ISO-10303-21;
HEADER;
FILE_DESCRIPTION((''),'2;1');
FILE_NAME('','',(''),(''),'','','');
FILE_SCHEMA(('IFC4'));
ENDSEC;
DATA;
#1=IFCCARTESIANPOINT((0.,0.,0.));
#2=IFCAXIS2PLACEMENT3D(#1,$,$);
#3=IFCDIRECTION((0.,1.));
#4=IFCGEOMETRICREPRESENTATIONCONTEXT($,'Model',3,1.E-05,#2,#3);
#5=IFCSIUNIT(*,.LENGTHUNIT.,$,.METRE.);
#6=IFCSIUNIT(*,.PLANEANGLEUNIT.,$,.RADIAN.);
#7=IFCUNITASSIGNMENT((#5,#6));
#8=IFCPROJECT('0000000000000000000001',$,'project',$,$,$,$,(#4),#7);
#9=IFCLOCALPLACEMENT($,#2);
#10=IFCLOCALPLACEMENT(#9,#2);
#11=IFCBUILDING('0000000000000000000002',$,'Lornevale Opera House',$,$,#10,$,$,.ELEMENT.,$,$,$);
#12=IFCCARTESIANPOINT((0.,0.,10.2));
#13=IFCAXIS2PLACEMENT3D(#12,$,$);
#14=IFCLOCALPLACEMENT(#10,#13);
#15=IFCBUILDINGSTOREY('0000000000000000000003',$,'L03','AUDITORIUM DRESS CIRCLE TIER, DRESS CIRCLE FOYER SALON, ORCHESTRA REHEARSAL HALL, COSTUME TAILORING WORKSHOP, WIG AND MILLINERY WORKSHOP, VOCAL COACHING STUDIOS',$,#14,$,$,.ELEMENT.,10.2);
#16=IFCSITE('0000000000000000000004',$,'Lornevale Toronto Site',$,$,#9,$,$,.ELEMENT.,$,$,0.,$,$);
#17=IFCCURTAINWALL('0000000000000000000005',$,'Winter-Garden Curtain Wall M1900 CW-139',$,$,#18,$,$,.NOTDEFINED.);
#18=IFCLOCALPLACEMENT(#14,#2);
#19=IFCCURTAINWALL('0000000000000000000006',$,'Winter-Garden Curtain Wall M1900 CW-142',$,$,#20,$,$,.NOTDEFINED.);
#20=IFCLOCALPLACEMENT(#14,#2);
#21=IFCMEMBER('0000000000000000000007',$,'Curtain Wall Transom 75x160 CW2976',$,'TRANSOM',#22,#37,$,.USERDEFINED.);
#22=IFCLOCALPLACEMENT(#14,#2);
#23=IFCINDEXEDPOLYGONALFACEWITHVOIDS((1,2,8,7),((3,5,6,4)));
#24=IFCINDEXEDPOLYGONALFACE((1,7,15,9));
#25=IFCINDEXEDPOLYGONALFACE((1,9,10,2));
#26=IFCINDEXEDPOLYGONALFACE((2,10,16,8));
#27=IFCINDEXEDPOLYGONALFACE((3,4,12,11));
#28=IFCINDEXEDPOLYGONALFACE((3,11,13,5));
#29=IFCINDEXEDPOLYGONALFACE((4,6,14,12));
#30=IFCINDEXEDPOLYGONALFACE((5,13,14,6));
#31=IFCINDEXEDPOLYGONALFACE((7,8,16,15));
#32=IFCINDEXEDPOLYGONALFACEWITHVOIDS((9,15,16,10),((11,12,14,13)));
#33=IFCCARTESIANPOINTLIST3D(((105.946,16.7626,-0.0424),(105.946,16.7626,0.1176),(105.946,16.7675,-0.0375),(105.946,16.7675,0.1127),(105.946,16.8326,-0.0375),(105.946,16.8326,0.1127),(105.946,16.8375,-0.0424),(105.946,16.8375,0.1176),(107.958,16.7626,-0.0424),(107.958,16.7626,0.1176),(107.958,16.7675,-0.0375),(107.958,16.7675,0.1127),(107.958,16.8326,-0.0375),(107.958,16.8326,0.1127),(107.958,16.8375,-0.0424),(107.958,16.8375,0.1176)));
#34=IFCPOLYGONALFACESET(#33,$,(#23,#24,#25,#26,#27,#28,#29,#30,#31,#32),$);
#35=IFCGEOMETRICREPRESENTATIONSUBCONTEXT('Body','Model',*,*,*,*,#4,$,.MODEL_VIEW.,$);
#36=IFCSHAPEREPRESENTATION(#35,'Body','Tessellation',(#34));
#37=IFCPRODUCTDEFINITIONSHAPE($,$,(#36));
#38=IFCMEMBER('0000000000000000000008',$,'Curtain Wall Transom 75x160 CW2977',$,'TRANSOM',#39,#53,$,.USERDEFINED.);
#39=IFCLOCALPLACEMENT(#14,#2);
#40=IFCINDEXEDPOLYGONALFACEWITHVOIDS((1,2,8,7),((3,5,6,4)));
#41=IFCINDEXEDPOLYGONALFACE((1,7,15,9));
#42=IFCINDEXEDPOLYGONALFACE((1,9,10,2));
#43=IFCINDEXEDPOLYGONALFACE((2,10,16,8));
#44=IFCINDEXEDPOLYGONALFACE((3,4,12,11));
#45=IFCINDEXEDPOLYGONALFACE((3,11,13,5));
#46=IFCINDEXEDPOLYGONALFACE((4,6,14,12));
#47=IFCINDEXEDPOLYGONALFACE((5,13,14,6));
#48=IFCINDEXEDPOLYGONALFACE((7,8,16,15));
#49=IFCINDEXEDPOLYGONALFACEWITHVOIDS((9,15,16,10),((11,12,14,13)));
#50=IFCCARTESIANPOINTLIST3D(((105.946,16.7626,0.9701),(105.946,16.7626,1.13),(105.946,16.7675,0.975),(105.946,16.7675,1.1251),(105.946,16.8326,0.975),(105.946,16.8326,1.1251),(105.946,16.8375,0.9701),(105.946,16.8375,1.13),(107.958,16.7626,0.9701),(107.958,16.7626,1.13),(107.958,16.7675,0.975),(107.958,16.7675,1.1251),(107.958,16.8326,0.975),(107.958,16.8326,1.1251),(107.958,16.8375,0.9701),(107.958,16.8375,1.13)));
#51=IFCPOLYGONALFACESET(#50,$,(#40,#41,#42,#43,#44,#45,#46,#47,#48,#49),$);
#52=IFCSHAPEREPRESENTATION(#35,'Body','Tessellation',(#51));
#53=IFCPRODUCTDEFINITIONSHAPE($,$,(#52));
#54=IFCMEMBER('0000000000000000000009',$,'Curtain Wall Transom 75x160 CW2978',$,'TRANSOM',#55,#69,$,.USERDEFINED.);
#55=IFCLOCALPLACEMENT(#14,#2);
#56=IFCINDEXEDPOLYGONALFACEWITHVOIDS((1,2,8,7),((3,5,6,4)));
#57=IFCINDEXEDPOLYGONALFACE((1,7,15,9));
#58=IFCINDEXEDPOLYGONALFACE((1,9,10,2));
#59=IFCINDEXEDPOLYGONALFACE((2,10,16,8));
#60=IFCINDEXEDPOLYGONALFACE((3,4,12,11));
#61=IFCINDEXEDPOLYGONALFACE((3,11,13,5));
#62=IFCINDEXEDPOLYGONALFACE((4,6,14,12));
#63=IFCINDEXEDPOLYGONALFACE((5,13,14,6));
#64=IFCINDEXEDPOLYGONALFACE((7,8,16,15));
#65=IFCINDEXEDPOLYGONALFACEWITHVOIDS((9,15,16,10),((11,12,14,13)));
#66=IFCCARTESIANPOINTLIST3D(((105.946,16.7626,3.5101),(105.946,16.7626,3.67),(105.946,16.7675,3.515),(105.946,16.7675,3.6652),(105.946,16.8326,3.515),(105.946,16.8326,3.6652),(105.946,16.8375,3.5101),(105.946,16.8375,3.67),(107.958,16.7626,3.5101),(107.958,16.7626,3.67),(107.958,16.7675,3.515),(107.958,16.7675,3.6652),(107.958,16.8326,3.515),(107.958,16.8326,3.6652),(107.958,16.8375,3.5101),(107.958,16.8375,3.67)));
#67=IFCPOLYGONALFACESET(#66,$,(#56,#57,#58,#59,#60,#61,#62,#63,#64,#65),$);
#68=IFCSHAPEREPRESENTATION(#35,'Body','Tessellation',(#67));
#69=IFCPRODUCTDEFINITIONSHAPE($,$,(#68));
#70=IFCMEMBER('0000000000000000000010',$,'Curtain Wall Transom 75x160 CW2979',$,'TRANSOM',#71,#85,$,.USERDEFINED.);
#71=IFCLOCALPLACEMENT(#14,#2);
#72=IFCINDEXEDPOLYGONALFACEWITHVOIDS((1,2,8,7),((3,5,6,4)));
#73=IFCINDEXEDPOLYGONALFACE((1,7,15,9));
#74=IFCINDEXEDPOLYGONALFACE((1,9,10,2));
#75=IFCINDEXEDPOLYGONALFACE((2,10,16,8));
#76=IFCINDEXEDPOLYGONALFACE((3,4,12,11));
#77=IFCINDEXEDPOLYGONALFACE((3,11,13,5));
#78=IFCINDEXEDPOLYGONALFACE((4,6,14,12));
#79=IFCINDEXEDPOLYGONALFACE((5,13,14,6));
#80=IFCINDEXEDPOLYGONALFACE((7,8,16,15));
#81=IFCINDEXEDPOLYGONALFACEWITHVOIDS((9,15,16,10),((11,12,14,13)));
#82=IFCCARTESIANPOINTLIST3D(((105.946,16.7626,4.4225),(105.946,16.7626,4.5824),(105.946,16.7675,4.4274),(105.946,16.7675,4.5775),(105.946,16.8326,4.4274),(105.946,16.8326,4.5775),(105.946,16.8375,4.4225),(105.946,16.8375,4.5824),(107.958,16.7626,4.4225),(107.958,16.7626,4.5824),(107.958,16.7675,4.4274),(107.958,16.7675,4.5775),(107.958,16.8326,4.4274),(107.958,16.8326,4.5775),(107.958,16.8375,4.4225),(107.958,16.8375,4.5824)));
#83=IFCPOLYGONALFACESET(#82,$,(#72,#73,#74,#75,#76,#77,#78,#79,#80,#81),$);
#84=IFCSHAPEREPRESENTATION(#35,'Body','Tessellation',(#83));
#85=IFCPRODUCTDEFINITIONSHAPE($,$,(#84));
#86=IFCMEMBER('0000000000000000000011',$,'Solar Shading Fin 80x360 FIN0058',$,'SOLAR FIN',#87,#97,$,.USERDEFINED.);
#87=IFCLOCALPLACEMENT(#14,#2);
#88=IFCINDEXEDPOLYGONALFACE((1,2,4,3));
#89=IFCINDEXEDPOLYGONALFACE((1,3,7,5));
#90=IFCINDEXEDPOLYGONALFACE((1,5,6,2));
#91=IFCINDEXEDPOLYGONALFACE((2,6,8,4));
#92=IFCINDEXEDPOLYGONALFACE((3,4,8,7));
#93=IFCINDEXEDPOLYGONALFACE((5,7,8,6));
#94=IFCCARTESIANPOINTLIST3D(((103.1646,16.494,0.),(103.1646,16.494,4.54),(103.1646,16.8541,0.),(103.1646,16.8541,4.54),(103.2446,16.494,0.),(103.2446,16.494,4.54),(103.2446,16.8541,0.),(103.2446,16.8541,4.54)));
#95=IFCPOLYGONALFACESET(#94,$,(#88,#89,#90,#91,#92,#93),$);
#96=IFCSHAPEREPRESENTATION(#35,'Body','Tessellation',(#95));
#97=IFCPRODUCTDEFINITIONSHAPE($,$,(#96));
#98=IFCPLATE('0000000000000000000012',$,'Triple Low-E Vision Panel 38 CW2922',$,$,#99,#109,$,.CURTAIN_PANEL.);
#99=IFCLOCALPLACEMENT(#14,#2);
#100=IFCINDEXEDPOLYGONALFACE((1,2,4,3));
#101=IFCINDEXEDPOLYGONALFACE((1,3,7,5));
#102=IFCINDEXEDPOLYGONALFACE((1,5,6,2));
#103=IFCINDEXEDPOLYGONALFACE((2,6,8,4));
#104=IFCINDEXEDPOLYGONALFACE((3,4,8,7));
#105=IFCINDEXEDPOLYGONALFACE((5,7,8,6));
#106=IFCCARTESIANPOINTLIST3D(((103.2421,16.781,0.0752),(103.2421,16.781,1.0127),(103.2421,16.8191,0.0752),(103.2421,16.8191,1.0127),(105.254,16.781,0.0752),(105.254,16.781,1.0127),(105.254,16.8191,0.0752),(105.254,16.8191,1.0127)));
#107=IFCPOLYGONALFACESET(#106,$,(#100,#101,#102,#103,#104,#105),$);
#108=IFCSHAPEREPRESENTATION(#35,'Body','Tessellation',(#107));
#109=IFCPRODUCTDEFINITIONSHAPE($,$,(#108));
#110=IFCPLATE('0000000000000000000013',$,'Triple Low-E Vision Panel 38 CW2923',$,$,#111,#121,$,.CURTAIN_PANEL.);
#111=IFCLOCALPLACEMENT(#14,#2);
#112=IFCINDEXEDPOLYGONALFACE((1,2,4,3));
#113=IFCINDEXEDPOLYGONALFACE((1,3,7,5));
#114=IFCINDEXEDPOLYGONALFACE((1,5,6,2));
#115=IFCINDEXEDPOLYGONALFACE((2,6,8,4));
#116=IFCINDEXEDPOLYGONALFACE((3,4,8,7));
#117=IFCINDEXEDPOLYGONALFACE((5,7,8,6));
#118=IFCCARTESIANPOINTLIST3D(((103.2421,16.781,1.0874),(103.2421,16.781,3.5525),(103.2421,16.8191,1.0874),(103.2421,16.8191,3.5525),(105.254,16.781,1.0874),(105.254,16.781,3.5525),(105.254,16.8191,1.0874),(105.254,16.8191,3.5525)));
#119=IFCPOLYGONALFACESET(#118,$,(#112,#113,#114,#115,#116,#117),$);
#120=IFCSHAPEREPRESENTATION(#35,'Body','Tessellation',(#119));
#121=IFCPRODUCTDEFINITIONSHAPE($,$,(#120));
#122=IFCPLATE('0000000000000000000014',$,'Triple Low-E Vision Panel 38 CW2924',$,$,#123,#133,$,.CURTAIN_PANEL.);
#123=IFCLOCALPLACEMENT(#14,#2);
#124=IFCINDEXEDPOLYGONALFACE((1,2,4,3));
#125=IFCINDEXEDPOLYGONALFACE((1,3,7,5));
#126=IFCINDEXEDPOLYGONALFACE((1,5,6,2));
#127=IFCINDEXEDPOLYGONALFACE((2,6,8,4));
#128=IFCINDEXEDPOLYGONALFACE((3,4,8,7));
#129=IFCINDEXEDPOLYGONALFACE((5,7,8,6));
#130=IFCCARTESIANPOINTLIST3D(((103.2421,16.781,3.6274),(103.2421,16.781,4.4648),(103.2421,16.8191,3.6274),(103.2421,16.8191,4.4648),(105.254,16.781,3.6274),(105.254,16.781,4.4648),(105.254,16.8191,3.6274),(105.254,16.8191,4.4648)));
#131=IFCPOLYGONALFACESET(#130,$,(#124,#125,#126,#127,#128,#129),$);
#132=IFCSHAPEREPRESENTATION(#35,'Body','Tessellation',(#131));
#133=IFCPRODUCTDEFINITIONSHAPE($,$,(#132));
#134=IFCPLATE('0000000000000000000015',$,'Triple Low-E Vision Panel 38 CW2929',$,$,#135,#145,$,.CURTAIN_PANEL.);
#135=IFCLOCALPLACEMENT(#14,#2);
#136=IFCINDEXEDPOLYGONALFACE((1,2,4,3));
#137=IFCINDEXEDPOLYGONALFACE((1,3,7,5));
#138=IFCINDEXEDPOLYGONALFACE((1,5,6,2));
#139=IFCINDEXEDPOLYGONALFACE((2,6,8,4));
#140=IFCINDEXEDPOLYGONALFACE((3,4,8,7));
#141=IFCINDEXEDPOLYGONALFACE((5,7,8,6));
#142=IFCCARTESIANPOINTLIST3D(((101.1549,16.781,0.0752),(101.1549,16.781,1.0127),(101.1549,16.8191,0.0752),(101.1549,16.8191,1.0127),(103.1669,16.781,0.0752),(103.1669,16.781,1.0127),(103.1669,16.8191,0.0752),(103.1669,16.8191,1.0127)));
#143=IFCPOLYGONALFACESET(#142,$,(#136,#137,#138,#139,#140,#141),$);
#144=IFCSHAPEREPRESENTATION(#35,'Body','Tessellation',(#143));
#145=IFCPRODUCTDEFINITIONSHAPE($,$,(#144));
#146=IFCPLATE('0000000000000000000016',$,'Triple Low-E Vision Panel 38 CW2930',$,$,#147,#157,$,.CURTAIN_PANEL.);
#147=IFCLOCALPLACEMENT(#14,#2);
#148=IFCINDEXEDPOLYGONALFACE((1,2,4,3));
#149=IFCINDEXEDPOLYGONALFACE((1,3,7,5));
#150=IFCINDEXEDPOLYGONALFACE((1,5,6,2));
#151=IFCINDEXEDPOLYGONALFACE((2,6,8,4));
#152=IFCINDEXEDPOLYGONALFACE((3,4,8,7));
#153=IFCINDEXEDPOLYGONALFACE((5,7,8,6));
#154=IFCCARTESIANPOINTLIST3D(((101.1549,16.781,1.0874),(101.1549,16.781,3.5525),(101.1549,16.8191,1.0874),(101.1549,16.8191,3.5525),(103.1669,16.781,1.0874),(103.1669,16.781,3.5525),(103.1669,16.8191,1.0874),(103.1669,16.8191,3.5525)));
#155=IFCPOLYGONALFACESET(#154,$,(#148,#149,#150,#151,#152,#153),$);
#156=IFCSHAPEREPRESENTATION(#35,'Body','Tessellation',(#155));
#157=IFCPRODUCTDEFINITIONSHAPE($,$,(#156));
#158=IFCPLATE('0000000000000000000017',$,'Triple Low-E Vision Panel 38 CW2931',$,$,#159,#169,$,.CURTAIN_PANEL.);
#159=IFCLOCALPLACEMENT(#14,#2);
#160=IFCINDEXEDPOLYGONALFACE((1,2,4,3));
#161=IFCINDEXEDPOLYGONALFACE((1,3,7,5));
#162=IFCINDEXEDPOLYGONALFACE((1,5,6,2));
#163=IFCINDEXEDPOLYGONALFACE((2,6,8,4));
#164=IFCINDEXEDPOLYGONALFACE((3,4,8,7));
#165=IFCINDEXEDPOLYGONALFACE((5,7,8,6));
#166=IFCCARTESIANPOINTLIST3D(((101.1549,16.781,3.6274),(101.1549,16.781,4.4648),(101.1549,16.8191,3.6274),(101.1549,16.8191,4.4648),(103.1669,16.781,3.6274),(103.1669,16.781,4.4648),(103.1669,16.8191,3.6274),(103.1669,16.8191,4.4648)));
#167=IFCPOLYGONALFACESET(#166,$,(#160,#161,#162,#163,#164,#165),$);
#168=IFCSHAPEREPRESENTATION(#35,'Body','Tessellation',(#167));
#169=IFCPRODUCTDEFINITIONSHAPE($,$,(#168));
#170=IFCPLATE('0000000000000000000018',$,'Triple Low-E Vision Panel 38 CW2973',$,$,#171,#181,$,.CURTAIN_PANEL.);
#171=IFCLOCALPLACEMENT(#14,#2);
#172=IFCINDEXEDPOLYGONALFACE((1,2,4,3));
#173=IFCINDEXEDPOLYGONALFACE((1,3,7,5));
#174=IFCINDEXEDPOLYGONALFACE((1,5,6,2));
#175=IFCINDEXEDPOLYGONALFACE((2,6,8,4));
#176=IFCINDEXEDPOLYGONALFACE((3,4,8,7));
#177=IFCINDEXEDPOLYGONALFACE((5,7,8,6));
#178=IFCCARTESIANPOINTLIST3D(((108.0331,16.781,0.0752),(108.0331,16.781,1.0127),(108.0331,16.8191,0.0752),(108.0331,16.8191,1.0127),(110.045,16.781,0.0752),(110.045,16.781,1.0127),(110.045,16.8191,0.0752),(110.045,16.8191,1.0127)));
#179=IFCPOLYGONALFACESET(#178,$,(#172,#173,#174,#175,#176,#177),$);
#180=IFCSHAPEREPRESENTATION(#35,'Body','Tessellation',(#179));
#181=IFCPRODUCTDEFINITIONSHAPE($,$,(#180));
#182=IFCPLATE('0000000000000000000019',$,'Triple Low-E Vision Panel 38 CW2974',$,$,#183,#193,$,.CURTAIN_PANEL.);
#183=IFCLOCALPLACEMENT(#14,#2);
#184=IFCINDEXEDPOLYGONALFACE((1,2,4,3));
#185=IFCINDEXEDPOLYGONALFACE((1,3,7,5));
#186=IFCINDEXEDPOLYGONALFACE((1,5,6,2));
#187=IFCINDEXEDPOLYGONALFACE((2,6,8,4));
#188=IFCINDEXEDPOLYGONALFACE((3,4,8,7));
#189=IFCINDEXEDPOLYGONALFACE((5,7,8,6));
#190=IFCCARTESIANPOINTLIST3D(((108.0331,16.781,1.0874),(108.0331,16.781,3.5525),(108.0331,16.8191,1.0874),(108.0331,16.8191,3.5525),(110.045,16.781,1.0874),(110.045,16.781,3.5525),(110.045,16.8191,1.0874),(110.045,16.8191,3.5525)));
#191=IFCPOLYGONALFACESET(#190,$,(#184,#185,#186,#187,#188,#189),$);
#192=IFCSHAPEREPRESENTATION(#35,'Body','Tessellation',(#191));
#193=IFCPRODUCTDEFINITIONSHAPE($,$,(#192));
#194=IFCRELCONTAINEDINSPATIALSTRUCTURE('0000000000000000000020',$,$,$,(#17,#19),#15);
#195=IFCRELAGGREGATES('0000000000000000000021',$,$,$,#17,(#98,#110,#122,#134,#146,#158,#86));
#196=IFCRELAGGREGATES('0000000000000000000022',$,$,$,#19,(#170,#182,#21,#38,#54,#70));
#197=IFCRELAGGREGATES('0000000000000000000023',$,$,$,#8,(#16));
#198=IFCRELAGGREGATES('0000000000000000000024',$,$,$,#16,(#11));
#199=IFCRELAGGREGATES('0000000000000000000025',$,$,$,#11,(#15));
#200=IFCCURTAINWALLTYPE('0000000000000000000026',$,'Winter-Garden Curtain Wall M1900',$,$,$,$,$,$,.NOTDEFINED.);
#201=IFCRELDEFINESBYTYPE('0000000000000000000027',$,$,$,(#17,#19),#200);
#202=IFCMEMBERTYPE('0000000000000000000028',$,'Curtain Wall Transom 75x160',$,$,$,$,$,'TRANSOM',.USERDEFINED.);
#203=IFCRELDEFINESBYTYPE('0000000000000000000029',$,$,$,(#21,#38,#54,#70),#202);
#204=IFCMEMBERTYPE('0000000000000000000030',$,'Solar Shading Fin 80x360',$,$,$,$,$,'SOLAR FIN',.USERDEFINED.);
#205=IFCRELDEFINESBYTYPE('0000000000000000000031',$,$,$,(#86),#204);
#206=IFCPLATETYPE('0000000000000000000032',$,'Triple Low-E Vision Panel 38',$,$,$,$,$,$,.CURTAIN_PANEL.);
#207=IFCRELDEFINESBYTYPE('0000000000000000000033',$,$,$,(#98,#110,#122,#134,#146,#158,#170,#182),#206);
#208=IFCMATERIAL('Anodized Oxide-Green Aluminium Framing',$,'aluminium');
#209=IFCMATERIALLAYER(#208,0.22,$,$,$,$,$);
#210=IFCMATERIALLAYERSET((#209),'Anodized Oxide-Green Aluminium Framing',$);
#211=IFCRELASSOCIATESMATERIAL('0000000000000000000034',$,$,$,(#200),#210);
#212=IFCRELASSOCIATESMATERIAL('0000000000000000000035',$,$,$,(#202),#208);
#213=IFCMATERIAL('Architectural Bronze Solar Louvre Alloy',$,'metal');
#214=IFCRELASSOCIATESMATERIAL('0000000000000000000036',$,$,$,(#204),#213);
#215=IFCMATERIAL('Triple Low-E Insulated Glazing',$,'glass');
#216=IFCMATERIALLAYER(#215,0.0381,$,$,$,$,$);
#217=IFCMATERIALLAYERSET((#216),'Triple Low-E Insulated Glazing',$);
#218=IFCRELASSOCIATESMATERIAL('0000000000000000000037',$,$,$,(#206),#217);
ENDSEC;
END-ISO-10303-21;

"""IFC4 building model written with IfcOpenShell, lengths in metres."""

from ifc_helpers import new_model, si_unit, direction, frame, origin, origin_2d, place, context, subcontext, project, spatial, rectangle, hollow_rectangle, extrude, material, layer, layer_set, material_profile, profile_set, type_object, element, aggregate, save


model = new_model("IFC4")

# Units and contexts
model_context = context("Model", 3, precision=1e-05, world=origin(), true_north=direction((0.0, 1.0)))
body_context = subcontext(model_context, "Body", "Model", "MODEL_VIEW")
ifc_project = project(units=[si_unit("LENGTHUNIT", "METRE"), si_unit("PLANEANGLEUNIT", "RADIAN")], contexts=[model_context])

# Site, building, storey
site_placement = place(None, origin())
site = spatial("IfcSite", under=ifc_project, at=site_placement, Name="Lornevale Toronto Site", CompositionType="ELEMENT", RefElevation=0.0)
building_placement = place(site_placement, origin())
building = spatial("IfcBuilding", under=site, at=building_placement, Name="Lornevale Opera House", CompositionType="ELEMENT")
storey_placement = place(building_placement, frame((0.0, 0.0, 10.2)))
storey = spatial("IfcBuildingStorey", under=building, at=storey_placement, Name="L03", Description="AUDITORIUM DRESS CIRCLE TIER, DRESS CIRCLE FOYER SALON, ORCHESTRA REHEARSAL HALL, COSTUME TAILORING WORKSHOP, WIG AND MILLINERY WORKSHOP, VOCAL COACHING STUDIOS", CompositionType="ELEMENT", Elevation=10.2)

# Curtain wall
ifc_material_1 = material(Name="Anodized Oxide-Green Aluminium Framing", Category="aluminium")
ifc_layer_1 = layer(ifc_material_1, 0.22)
ifc_layer_set_1 = layer_set([ifc_layer_1], Name="Anodized Oxide-Green Aluminium Framing")
curtain_wall_type = type_object("IfcCurtainWallType", Name="Winter-Garden Curtain Wall M1900", PredefinedType="NOTDEFINED", material=ifc_layer_set_1)
curtain_wall_1_placement = place(storey_placement, origin())
curtain_wall_1 = element("IfcCurtainWall", 1, at=curtain_wall_1_placement, inside=storey, type_object=curtain_wall_type, Name="Winter-Garden Curtain Wall M1900 CW-139", PredefinedType="NOTDEFINED")

# Curtain wall
curtain_wall_2_placement = place(storey_placement, origin())
curtain_wall_2 = element("IfcCurtainWall", 2, at=curtain_wall_2_placement, inside=storey, type_object=curtain_wall_type, Name="Winter-Garden Curtain Wall M1900 CW-142", PredefinedType="NOTDEFINED")

# Members
ifc_material_profile_1 = material_profile(ifc_material_1, hollow_rectangle(XDim=0.075, YDim=0.1599, WallThickness=0.0049, at=origin_2d()), Name="ALU75x160x5")
ifc_profile_set_1 = profile_set([ifc_material_profile_1], Name="Anodized Oxide-Green Aluminium Framing")
member_type_1 = type_object("IfcMemberType", Name="Curtain Wall Transom 75x160", ElementType="TRANSOM", PredefinedType="USERDEFINED", material=ifc_profile_set_1)
member_1_placement = place(storey_placement, frame((107.958, 16.8, 0.0376), z_axis=(-1.0, 0.0, 0.0), x_axis=(0.0, -1.0, 0.0)))
member_1 = element("IfcMember", 3, at=member_1_placement, type_object=member_type_1, Name="Curtain Wall Transom 75x160 CW2976", ObjectType="TRANSOM", PredefinedType="USERDEFINED", context=body_context, shape_type="SweptSolid", body=[
    extrude(hollow_rectangle(XDim=0.075, YDim=0.1599, WallThickness=0.0049, at=origin_2d()), origin(), (0.0, 0.0, 1.0), 2.012),
])
member_2_placement = place(storey_placement, frame((107.958, 16.8, 1.05), z_axis=(-1.0, 0.0, 0.0), x_axis=(0.0, -1.0, 0.0)))
member_2 = element("IfcMember", 4, at=member_2_placement, type_object=member_type_1, Name="Curtain Wall Transom 75x160 CW2977", ObjectType="TRANSOM", PredefinedType="USERDEFINED", context=body_context, shape_type="SweptSolid", body=[
    extrude(hollow_rectangle(XDim=0.075, YDim=0.1599, WallThickness=0.0049, at=origin_2d()), origin(), (0.0, 0.0, 1.0), 2.012),
])
member_3_placement = place(storey_placement, frame((107.958, 16.8, 3.5901), z_axis=(-1.0, 0.0, 0.0), x_axis=(0.0, -1.0, 0.0)))
member_3 = element("IfcMember", 5, at=member_3_placement, type_object=member_type_1, Name="Curtain Wall Transom 75x160 CW2978", ObjectType="TRANSOM", PredefinedType="USERDEFINED", context=body_context, shape_type="SweptSolid", body=[
    extrude(hollow_rectangle(XDim=0.075, YDim=0.1599, WallThickness=0.0049, at=origin_2d()), origin(), (0.0, 0.0, 1.0), 2.012),
])
member_4_placement = place(storey_placement, frame((107.958, 16.8, 4.5024), z_axis=(-1.0, 0.0, 0.0), x_axis=(0.0, -1.0, 0.0)))
member_4 = element("IfcMember", 6, at=member_4_placement, type_object=member_type_1, Name="Curtain Wall Transom 75x160 CW2979", ObjectType="TRANSOM", PredefinedType="USERDEFINED", context=body_context, shape_type="SweptSolid", body=[
    extrude(hollow_rectangle(XDim=0.075, YDim=0.1599, WallThickness=0.0049, at=origin_2d()), origin(), (0.0, 0.0, 1.0), 2.012),
])
ifc_material_2 = material(Name="Architectural Bronze Solar Louvre Alloy", Category="metal")
ifc_material_profile_2 = material_profile(ifc_material_2, rectangle(XDim=0.0801, YDim=0.3601, at=origin_2d()), Name="FIN80x360")
ifc_profile_set_2 = profile_set([ifc_material_profile_2], Name="Architectural Bronze Solar Louvre Alloy")
member_type_2 = type_object("IfcMemberType", Name="Solar Shading Fin 80x360", ElementType="SOLAR FIN", PredefinedType="USERDEFINED", material=ifc_profile_set_2)
member_5_placement = place(storey_placement, frame((103.2046, 16.6741, 0.0), z_axis=(0.0, 0.0, 1.0), x_axis=(-1.0, 0.0, 0.0)))
member_5 = element("IfcMember", 7, at=member_5_placement, type_object=member_type_2, Name="Solar Shading Fin 80x360 FIN0058", ObjectType="SOLAR FIN", PredefinedType="USERDEFINED", context=body_context, shape_type="SweptSolid", body=[
    extrude(rectangle(XDim=0.0801, YDim=0.3601, at=origin_2d()), origin(), (0.0, 0.0, 1.0), 4.54),
])

# Plates
ifc_material_3 = material(Name="Triple Low-E Insulated Glazing", Category="glass")
ifc_layer_2 = layer(ifc_material_3, 0.0381)
ifc_layer_set_2 = layer_set([ifc_layer_2], Name="Triple Low-E Insulated Glazing")
plate_type = type_object("IfcPlateType", Name="Triple Low-E Vision Panel 38", PredefinedType="CURTAIN_PANEL", material=ifc_layer_set_2)
plate_1_placement = place(storey_placement, frame((104.248, 16.8, 0.0752), z_axis=(0.0, 0.0, 1.0), x_axis=(-1.0, 0.0, 0.0)))
plate_1 = element("IfcPlate", 8, at=plate_1_placement, type_object=plate_type, Name="Triple Low-E Vision Panel 38 CW2922", PredefinedType="CURTAIN_PANEL", context=body_context, shape_type="SweptSolid", body=[
    extrude(rectangle(XDim=2.012, YDim=0.0381, at=origin_2d()), origin(), (0.0, 0.0, 1.0), 0.9375),
])
plate_2_placement = place(storey_placement, frame((104.248, 16.8, 1.0874), z_axis=(0.0, 0.0, 1.0), x_axis=(-1.0, 0.0, 0.0)))
plate_2 = element("IfcPlate", 9, at=plate_2_placement, type_object=plate_type, Name="Triple Low-E Vision Panel 38 CW2923", PredefinedType="CURTAIN_PANEL", context=body_context, shape_type="SweptSolid", body=[
    extrude(rectangle(XDim=2.012, YDim=0.0381, at=origin_2d()), origin(), (0.0, 0.0, 1.0), 2.4651),
])
plate_3_placement = place(storey_placement, frame((104.248, 16.8, 3.6274), z_axis=(0.0, 0.0, 1.0), x_axis=(-1.0, 0.0, 0.0)))
plate_3 = element("IfcPlate", 10, at=plate_3_placement, type_object=plate_type, Name="Triple Low-E Vision Panel 38 CW2924", PredefinedType="CURTAIN_PANEL", context=body_context, shape_type="SweptSolid", body=[
    extrude(rectangle(XDim=2.012, YDim=0.0381, at=origin_2d()), origin(), (0.0, 0.0, 1.0), 0.8374),
])
plate_4_placement = place(storey_placement, frame((102.1609, 16.8, 0.0752), z_axis=(0.0, 0.0, 1.0), x_axis=(-1.0, 0.0, 0.0)))
plate_4 = element("IfcPlate", 11, at=plate_4_placement, type_object=plate_type, Name="Triple Low-E Vision Panel 38 CW2929", PredefinedType="CURTAIN_PANEL", context=body_context, shape_type="SweptSolid", body=[
    extrude(rectangle(XDim=2.012, YDim=0.0381, at=origin_2d()), origin(), (0.0, 0.0, 1.0), 0.9375),
])
plate_5_placement = place(storey_placement, frame((102.1609, 16.8, 1.0874), z_axis=(0.0, 0.0, 1.0), x_axis=(-1.0, 0.0, 0.0)))
plate_5 = element("IfcPlate", 12, at=plate_5_placement, type_object=plate_type, Name="Triple Low-E Vision Panel 38 CW2930", PredefinedType="CURTAIN_PANEL", context=body_context, shape_type="SweptSolid", body=[
    extrude(rectangle(XDim=2.012, YDim=0.0381, at=origin_2d()), origin(), (0.0, 0.0, 1.0), 2.4651),
])
plate_6_placement = place(storey_placement, frame((102.1609, 16.8, 3.6274), z_axis=(0.0, 0.0, 1.0), x_axis=(-1.0, 0.0, 0.0)))
plate_6 = element("IfcPlate", 13, at=plate_6_placement, type_object=plate_type, Name="Triple Low-E Vision Panel 38 CW2931", PredefinedType="CURTAIN_PANEL", context=body_context, shape_type="SweptSolid", body=[
    extrude(rectangle(XDim=2.012, YDim=0.0381, at=origin_2d()), origin(), (0.0, 0.0, 1.0), 0.8374),
])
aggregate(curtain_wall_1, [plate_1, plate_2, plate_3, plate_4, plate_5, plate_6, member_5])
plate_7_placement = place(storey_placement, frame((109.0391, 16.8, 0.0752), z_axis=(0.0, 0.0, 1.0), x_axis=(-1.0, 0.0, 0.0)))
plate_7 = element("IfcPlate", 14, at=plate_7_placement, type_object=plate_type, Name="Triple Low-E Vision Panel 38 CW2973", PredefinedType="CURTAIN_PANEL", context=body_context, shape_type="SweptSolid", body=[
    extrude(rectangle(XDim=2.012, YDim=0.0381, at=origin_2d()), origin(), (0.0, 0.0, 1.0), 0.9375),
])
plate_8_placement = place(storey_placement, frame((109.0391, 16.8, 1.0874), z_axis=(0.0, 0.0, 1.0), x_axis=(-1.0, 0.0, 0.0)))
plate_8 = element("IfcPlate", 15, at=plate_8_placement, type_object=plate_type, Name="Triple Low-E Vision Panel 38 CW2974", PredefinedType="CURTAIN_PANEL", context=body_context, shape_type="SweptSolid", body=[
    extrude(rectangle(XDim=2.012, YDim=0.0381, at=origin_2d()), origin(), (0.0, 0.0, 1.0), 2.4651),
])
aggregate(curtain_wall_2, [plate_7, plate_8, member_1, member_2, member_3, member_4])

save(model, "model.ifc")
